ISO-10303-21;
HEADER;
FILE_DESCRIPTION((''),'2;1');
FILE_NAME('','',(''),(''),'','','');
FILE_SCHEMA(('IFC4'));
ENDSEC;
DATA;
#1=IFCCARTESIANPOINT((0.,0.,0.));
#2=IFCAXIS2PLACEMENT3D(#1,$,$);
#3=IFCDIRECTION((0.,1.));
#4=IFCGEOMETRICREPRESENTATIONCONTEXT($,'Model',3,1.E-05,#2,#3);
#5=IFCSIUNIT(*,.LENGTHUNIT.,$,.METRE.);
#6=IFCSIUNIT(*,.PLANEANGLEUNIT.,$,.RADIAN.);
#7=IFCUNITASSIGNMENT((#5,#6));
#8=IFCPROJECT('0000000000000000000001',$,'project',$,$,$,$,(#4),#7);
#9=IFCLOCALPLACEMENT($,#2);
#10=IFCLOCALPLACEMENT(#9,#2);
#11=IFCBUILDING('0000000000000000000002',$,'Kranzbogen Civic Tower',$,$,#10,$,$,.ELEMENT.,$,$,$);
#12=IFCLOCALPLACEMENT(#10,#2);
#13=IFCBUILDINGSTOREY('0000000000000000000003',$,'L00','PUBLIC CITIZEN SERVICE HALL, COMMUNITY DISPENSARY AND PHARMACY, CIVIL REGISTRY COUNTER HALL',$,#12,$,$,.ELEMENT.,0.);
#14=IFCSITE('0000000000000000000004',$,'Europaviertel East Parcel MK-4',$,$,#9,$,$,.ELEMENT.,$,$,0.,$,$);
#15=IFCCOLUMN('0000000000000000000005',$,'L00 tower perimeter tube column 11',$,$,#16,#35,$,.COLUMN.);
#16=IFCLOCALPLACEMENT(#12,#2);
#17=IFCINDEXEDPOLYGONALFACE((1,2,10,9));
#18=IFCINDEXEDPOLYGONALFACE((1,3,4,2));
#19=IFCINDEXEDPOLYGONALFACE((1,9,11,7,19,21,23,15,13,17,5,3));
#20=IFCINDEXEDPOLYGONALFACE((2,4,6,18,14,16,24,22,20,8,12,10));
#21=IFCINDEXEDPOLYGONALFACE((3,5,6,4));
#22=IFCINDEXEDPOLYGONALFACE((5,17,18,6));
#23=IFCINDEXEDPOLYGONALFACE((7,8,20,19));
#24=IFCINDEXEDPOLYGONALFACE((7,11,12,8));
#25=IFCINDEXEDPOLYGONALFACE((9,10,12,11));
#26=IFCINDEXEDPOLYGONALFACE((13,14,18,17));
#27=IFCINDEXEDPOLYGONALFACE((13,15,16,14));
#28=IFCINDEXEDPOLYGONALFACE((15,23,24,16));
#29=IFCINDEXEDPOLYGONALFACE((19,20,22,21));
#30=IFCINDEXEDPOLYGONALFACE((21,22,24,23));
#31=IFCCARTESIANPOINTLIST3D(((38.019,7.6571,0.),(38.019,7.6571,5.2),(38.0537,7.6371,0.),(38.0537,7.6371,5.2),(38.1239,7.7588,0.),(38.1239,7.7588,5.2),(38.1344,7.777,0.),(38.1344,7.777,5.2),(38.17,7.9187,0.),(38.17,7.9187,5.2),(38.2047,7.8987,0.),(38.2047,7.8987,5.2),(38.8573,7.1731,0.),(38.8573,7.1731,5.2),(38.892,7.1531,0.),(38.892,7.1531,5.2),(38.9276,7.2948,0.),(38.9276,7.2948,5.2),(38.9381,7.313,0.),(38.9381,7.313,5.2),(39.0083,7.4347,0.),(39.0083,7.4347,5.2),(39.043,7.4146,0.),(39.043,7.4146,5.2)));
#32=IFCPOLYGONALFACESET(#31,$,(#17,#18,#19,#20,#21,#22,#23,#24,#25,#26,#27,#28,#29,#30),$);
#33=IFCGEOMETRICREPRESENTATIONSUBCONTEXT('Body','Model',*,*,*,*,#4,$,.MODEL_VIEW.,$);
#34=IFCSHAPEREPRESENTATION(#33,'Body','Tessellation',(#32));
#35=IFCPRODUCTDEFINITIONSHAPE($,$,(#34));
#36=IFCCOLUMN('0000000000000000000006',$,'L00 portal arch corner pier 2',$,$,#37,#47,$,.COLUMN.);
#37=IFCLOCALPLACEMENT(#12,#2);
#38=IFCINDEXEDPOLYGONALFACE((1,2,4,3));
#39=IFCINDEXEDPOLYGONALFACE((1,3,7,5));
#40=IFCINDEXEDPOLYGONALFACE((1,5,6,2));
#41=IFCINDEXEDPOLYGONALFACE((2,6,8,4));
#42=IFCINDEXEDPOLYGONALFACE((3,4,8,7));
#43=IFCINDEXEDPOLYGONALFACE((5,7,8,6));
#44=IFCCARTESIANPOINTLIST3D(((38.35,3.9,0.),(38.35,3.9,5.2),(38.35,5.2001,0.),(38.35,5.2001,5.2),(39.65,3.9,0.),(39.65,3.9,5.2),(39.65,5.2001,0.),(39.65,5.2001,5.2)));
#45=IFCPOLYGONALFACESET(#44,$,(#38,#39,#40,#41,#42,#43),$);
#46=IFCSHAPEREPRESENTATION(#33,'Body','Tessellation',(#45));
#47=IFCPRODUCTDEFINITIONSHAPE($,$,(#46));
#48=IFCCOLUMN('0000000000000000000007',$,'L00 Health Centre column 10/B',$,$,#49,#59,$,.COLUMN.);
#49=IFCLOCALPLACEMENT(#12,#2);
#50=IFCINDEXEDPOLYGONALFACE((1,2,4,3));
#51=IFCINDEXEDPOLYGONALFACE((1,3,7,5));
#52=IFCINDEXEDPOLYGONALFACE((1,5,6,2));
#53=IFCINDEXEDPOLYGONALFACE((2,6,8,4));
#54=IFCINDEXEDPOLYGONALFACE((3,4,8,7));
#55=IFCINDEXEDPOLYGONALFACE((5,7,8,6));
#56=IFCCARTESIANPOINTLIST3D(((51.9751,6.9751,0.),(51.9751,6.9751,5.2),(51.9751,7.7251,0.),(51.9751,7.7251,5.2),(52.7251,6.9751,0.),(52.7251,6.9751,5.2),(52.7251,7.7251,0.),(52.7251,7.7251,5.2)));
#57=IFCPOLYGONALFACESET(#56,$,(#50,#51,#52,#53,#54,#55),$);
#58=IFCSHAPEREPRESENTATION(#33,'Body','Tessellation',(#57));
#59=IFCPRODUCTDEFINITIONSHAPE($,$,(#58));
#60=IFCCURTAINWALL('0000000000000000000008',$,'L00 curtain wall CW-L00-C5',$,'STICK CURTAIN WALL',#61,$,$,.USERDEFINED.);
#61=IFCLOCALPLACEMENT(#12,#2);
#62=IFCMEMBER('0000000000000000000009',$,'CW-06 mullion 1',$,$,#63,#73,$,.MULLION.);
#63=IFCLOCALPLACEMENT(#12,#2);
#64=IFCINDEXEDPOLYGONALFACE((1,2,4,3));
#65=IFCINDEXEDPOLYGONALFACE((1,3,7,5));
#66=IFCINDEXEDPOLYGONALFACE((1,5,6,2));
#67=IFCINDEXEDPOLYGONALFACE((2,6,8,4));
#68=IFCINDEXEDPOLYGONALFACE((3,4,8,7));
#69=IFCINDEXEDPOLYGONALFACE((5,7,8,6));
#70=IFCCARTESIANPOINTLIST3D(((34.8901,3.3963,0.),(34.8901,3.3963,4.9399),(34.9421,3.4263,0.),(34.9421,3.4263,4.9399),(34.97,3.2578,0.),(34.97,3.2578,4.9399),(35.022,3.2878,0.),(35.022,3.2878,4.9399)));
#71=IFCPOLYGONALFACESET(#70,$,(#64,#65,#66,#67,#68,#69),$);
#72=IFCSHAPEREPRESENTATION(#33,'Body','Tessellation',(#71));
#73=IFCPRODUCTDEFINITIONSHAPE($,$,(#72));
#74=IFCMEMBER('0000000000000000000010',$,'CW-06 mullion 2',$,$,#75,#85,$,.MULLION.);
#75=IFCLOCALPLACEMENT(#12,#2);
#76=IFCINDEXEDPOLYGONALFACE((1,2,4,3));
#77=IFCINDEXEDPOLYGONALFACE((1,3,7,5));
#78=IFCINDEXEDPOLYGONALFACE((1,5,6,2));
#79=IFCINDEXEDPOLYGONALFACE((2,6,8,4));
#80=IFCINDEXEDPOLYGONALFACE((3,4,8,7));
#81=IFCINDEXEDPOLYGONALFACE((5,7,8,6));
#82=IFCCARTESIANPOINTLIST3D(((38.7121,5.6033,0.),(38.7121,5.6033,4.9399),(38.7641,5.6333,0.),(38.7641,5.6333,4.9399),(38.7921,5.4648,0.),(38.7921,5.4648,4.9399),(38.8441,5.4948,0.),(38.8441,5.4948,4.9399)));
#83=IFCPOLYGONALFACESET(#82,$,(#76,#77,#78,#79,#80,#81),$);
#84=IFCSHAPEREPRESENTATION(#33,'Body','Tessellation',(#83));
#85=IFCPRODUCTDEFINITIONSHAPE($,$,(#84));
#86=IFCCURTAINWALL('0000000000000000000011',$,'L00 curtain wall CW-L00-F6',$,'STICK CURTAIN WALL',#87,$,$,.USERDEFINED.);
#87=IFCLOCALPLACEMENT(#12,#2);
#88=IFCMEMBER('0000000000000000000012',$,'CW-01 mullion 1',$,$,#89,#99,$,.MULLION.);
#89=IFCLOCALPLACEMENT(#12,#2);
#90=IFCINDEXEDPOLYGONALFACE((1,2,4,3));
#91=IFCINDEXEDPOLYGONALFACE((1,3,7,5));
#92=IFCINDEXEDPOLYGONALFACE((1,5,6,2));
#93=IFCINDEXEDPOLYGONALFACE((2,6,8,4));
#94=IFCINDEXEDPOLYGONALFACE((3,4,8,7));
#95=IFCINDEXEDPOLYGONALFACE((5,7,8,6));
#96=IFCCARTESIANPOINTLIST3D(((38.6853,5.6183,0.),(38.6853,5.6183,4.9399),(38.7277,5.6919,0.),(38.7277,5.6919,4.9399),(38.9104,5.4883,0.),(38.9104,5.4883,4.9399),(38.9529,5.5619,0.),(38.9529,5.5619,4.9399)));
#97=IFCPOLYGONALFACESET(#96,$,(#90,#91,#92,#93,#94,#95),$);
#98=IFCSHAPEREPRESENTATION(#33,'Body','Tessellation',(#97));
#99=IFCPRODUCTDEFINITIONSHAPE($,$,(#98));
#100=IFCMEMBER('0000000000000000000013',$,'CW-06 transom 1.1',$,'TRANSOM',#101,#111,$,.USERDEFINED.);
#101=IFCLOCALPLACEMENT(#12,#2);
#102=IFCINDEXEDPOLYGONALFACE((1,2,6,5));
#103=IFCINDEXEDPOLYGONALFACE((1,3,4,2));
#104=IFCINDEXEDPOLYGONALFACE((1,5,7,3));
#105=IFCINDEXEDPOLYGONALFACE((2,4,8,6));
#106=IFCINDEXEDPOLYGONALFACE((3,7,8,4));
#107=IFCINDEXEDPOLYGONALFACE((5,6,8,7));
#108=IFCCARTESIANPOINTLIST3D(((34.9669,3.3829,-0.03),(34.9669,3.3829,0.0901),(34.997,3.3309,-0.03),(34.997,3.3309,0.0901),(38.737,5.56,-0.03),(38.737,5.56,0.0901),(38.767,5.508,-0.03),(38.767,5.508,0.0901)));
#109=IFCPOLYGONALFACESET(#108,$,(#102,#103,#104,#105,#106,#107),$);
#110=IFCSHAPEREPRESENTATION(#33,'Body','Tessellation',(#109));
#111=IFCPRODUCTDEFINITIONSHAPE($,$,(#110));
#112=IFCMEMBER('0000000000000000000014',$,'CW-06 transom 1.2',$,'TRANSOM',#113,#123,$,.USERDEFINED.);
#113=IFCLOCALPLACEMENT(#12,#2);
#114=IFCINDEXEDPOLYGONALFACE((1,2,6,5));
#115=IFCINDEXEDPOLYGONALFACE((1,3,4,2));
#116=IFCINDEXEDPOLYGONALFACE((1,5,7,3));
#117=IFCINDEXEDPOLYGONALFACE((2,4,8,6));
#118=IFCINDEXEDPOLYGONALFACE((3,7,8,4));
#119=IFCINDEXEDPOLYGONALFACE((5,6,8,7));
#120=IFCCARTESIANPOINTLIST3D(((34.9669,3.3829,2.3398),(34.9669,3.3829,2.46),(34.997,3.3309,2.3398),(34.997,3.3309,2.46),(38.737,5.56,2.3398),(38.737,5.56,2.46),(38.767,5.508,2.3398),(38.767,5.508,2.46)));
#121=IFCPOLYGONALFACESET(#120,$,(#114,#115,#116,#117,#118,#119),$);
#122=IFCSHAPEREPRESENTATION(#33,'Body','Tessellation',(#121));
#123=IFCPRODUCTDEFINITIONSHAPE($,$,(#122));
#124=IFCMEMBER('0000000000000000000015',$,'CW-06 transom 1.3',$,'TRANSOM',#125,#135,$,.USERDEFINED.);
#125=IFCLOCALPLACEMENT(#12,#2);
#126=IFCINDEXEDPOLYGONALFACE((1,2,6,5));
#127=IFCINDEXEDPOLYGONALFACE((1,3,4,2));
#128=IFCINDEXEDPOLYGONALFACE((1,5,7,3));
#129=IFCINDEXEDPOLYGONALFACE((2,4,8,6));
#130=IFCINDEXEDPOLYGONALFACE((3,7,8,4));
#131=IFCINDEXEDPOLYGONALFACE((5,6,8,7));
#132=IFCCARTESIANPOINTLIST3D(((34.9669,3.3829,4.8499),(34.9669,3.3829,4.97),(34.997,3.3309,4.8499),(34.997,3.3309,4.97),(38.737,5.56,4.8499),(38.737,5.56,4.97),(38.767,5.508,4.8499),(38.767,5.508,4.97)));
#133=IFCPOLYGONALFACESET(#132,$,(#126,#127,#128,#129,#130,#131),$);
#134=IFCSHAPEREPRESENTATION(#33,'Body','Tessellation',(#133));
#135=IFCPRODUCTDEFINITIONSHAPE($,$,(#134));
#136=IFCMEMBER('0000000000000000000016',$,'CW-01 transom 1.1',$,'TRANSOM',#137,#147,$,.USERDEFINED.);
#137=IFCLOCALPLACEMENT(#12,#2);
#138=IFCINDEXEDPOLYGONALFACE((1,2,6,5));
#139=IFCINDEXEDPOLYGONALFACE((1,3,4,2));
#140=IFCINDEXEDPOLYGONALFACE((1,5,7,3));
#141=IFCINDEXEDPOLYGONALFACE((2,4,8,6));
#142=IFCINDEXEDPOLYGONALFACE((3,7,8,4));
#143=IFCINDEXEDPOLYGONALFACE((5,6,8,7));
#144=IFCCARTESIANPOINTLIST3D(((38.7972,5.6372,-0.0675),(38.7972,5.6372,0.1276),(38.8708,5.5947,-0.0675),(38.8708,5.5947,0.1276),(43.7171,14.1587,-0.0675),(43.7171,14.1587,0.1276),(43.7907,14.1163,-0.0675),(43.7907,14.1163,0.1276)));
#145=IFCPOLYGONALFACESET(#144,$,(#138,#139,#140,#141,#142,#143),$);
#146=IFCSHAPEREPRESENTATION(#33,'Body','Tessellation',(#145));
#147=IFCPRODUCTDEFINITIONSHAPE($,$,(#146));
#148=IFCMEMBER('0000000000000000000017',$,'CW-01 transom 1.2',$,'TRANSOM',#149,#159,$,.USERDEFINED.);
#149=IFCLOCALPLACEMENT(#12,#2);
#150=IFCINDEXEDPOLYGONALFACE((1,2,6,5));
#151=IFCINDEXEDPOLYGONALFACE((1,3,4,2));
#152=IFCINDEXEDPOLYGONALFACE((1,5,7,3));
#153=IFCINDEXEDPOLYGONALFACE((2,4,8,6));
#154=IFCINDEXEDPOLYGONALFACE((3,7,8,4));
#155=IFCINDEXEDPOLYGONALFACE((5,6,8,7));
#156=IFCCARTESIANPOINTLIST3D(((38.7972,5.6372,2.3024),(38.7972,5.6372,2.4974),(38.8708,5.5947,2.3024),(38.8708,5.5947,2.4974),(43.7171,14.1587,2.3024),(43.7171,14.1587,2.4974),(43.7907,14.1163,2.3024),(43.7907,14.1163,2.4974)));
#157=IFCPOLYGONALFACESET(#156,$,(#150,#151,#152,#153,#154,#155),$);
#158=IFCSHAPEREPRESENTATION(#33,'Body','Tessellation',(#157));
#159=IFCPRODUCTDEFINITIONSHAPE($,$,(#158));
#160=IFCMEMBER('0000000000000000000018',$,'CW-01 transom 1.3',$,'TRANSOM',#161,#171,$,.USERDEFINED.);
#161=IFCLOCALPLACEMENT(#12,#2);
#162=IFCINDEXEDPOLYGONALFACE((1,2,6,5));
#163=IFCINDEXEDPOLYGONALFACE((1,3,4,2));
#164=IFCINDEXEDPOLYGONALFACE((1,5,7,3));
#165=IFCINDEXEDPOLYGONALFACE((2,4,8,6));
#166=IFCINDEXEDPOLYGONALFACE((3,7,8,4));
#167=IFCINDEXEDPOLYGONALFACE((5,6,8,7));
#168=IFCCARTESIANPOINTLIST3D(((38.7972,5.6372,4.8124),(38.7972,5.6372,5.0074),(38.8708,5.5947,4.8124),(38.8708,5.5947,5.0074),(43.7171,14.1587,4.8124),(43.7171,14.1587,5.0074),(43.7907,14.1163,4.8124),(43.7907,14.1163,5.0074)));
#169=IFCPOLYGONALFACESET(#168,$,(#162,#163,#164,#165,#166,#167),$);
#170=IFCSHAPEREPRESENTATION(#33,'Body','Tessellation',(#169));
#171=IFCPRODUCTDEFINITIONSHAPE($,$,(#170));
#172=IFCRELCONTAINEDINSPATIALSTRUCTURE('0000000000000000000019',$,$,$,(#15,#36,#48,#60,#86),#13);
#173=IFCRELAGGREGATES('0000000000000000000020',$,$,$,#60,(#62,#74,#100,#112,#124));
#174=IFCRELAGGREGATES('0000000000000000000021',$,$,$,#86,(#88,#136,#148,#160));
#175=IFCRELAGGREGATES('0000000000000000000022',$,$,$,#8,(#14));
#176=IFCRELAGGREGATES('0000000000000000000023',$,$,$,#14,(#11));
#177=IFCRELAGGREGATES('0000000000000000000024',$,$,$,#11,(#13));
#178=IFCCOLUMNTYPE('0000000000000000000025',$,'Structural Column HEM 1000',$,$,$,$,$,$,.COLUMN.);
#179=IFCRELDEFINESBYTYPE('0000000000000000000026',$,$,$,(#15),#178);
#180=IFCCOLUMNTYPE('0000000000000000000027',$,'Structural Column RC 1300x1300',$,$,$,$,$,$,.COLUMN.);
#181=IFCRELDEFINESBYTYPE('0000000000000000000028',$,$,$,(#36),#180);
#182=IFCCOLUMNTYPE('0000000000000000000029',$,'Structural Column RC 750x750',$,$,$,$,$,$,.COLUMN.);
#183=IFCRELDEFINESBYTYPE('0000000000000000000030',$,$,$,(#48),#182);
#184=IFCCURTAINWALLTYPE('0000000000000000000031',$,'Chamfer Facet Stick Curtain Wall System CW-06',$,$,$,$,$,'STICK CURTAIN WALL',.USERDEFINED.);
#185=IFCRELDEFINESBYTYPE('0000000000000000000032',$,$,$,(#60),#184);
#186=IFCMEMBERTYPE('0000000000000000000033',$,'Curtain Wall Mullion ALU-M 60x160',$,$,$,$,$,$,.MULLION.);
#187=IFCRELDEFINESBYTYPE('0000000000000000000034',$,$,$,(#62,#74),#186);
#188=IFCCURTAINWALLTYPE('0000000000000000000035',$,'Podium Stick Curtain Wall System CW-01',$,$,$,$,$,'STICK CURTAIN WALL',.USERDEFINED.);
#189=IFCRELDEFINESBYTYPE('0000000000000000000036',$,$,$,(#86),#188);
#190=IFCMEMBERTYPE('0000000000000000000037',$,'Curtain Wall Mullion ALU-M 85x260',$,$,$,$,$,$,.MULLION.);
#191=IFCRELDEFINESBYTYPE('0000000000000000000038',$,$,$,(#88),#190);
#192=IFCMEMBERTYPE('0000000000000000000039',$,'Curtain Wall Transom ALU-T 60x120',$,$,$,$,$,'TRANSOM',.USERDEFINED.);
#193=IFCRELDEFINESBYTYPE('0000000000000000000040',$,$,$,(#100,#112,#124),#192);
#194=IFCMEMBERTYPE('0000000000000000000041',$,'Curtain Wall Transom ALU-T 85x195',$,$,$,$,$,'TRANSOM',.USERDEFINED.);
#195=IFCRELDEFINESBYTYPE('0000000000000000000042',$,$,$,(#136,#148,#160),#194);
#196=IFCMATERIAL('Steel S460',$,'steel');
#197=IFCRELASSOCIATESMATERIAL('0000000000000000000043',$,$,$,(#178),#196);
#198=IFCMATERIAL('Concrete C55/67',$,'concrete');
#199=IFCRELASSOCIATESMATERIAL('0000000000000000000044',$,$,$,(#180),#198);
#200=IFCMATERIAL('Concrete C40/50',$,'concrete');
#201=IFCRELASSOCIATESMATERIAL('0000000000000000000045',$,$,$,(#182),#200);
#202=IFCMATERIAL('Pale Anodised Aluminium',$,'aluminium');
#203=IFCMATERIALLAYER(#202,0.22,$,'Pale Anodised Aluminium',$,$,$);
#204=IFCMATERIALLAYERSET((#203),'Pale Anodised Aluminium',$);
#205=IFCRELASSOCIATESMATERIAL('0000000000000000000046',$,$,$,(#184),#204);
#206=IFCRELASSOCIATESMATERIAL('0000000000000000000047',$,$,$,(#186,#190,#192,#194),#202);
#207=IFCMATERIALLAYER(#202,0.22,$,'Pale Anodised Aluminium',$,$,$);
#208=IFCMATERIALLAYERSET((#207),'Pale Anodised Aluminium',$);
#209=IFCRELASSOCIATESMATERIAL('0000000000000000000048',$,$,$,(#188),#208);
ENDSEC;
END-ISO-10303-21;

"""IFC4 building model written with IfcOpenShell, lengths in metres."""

from ifc_helpers import new_model, si_unit, direction, frame, origin, origin_2d, place, context, subcontext, project, spatial, rectangle, i_section, extrude, material, layer, layer_set, material_profile, profile_set, type_object, element, aggregate, save


model = new_model("IFC4")

# Units and contexts
model_context = context("Model", 3, precision=1e-05, world=origin(), true_north=direction((0.0, 1.0)))
body_context = subcontext(model_context, "Body", "Model", "MODEL_VIEW")
ifc_project = project(units=[si_unit("LENGTHUNIT", "METRE"), si_unit("PLANEANGLEUNIT", "RADIAN")], contexts=[model_context])

# Site, building, storey
site_placement = place(None, origin())
site = spatial("IfcSite", under=ifc_project, at=site_placement, Name="Europaviertel East Parcel MK-4", CompositionType="ELEMENT", RefElevation=0.0)
building_placement = place(site_placement, origin())
building = spatial("IfcBuilding", under=site, at=building_placement, Name="Kranzbogen Civic Tower", CompositionType="ELEMENT")
storey_placement = place(building_placement, origin())
storey = spatial("IfcBuildingStorey", under=building, at=storey_placement, Name="L00", Description="PUBLIC CITIZEN SERVICE HALL, COMMUNITY DISPENSARY AND PHARMACY, CIVIL REGISTRY COUNTER HALL", CompositionType="ELEMENT", Elevation=0.0)

# Columns
ifc_material_1 = material(Name="Steel S460", Category="steel")
ifc_material_profile_1 = material_profile(ifc_material_1, i_section(OverallWidth=0.302, OverallDepth=1.0081, WebThickness=0.021, FlangeThickness=0.04, at=origin_2d()), Name="HEM 1000")
ifc_profile_set_1 = profile_set([ifc_material_profile_1], Name="Steel S460")
column_type_1 = type_object("IfcColumnType", Name="Structural Column HEM 1000", PredefinedType="COLUMN", material=ifc_profile_set_1)
column_1_placement = place(storey_placement, frame((38.531, 7.5359, 0.0), z_axis=(0.0, 0.0, 1.0), x_axis=(0.5, 0.866025, 0.0)))
element("IfcColumn", 1, at=column_1_placement, inside=storey, type_object=column_type_1, Name="L00 tower perimeter tube column 11", PredefinedType="COLUMN", context=body_context, shape_type="SweptSolid", body=[
    extrude(i_section(OverallWidth=0.302, OverallDepth=1.0081, WebThickness=0.021, FlangeThickness=0.04, at=origin_2d()), origin(), (0.0, 0.0, 1.0), 5.2),
])
ifc_material_2 = material(Name="Concrete C55/67", Category="concrete")
ifc_material_profile_2 = material_profile(ifc_material_2, rectangle(XDim=1.3, YDim=1.3, at=origin_2d()), Name="RC 1300x1300")
ifc_profile_set_2 = profile_set([ifc_material_profile_2], Name="Concrete C55/67")
column_type_2 = type_object("IfcColumnType", Name="Structural Column RC 1300x1300", PredefinedType="COLUMN", material=ifc_profile_set_2)
column_2_placement = place(storey_placement, frame((39.0, 4.55, 0.0), z_axis=(0.0, 0.0, 1.0), x_axis=(1.0, 0.0, 0.0)))
element("IfcColumn", 2, at=column_2_placement, inside=storey, type_object=column_type_2, Name="L00 portal arch corner pier 2", PredefinedType="COLUMN", context=body_context, shape_type="SweptSolid", body=[
    extrude(rectangle(XDim=1.3, YDim=1.3, at=origin_2d()), origin(), (0.0, 0.0, 1.0), 5.2),
])
ifc_material_3 = material(Name="Concrete C40/50", Category="concrete")
ifc_material_profile_3 = material_profile(ifc_material_3, rectangle(XDim=0.75, YDim=0.75, at=origin_2d()), Name="RC 750x750")
ifc_profile_set_3 = profile_set([ifc_material_profile_3], Name="Concrete C40/50")
column_type_3 = type_object("IfcColumnType", Name="Structural Column RC 750x750", PredefinedType="COLUMN", material=ifc_profile_set_3)
column_3_placement = place(storey_placement, frame((52.3501, 7.3501, 0.0), z_axis=(0.0, 0.0, 1.0), x_axis=(1.0, 0.0, 0.0)))
element("IfcColumn", 3, at=column_3_placement, inside=storey, type_object=column_type_3, Name="L00 Health Centre column 10/B", PredefinedType="COLUMN", context=body_context, shape_type="SweptSolid", body=[
    extrude(rectangle(XDim=0.75, YDim=0.75, at=origin_2d()), origin(), (0.0, 0.0, 1.0), 5.2),
])

# Curtain wall, members
ifc_material_4 = material(Name="Pale Anodised Aluminium", Category="aluminium")
ifc_layer_1 = layer(ifc_material_4, 0.22, Name="Pale Anodised Aluminium")
ifc_layer_set_1 = layer_set([ifc_layer_1], Name="Pale Anodised Aluminium")
curtain_wall_type_1 = type_object("IfcCurtainWallType", Name="Chamfer Facet Stick Curtain Wall System CW-06", ElementType="STICK CURTAIN WALL", PredefinedType="USERDEFINED", material=ifc_layer_set_1)
curtain_wall_1_placement = place(storey_placement, origin())
curtain_wall_1 = element("IfcCurtainWall", 4, at=curtain_wall_1_placement, inside=storey, type_object=curtain_wall_type_1, Name="L00 curtain wall CW-L00-C5", ObjectType="STICK CURTAIN WALL", PredefinedType="USERDEFINED")
ifc_material_profile_4 = material_profile(ifc_material_4, rectangle(XDim=0.0601, YDim=0.1599, at=origin_2d()), Name="ALU-M 60x160")
ifc_profile_set_4 = profile_set([ifc_material_profile_4], Name="Pale Anodised Aluminium")
member_type_1 = type_object("IfcMemberType", Name="Curtain Wall Mullion ALU-M 60x160", PredefinedType="MULLION", material=ifc_profile_set_4)
member_1_placement = place(storey_placement, frame((34.9561, 3.342, 0.0), z_axis=(0.0, 0.0, 1.0), x_axis=(0.865992, 0.500058, 0.0)))
member_1 = element("IfcMember", 5, at=member_1_placement, type_object=member_type_1, Name="CW-06 mullion 1", PredefinedType="MULLION", context=body_context, shape_type="SweptSolid", body=[
    extrude(rectangle(XDim=0.0601, YDim=0.1599, at=origin_2d()), origin(), (0.0, 0.0, 1.0), 4.9399),
])
member_2_placement = place(storey_placement, frame((38.7781, 5.5491, 0.0), z_axis=(0.0, 0.0, 1.0), x_axis=(0.865992, 0.500058, 0.0)))
member_2 = element("IfcMember", 6, at=member_2_placement, type_object=member_type_1, Name="CW-06 mullion 2", PredefinedType="MULLION", context=body_context, shape_type="SweptSolid", body=[
    extrude(rectangle(XDim=0.0601, YDim=0.1599, at=origin_2d()), origin(), (0.0, 0.0, 1.0), 4.9399),
])

# Curtain wall, member
ifc_layer_2 = layer(ifc_material_4, 0.22, Name="Pale Anodised Aluminium")
ifc_layer_set_2 = layer_set([ifc_layer_2], Name="Pale Anodised Aluminium")
curtain_wall_type_2 = type_object("IfcCurtainWallType", Name="Podium Stick Curtain Wall System CW-01", ElementType="STICK CURTAIN WALL", PredefinedType="USERDEFINED", material=ifc_layer_set_2)
curtain_wall_2_placement = place(storey_placement, origin())
curtain_wall_2 = element("IfcCurtainWall", 7, at=curtain_wall_2_placement, inside=storey, type_object=curtain_wall_type_2, Name="L00 curtain wall CW-L00-F6", ObjectType="STICK CURTAIN WALL", PredefinedType="USERDEFINED")
ifc_material_profile_5 = material_profile(ifc_material_4, rectangle(XDim=0.085, YDim=0.26, at=origin_2d()), Name="ALU-M 85x260")
ifc_profile_set_5 = profile_set([ifc_material_profile_5], Name="Pale Anodised Aluminium")
member_type_2 = type_object("IfcMemberType", Name="Curtain Wall Mullion ALU-M 85x260", PredefinedType="MULLION", material=ifc_profile_set_5)
member_3_placement = place(storey_placement, frame((38.8191, 5.5901, 0.0), z_axis=(0.0, 0.0, 1.0), x_axis=(0.500006, 0.866022, 0.0)))
member_3 = element("IfcMember", 8, at=member_3_placement, type_object=member_type_2, Name="CW-01 mullion 1", PredefinedType="MULLION", context=body_context, shape_type="SweptSolid", body=[
    extrude(rectangle(XDim=0.085, YDim=0.26, at=origin_2d()), origin(), (0.0, 0.0, 1.0), 4.9399),
])

# Members
ifc_material_profile_6 = material_profile(ifc_material_4, rectangle(XDim=0.0601, YDim=0.1201, at=origin_2d()), Name="ALU-T 60x120")
ifc_profile_set_6 = profile_set([ifc_material_profile_6], Name="Pale Anodised Aluminium")
member_type_3 = type_object("IfcMemberType", Name="Curtain Wall Transom ALU-T 60x120", ElementType="TRANSOM", PredefinedType="USERDEFINED", material=ifc_profile_set_6)
member_4_placement = place(storey_placement, frame((34.9819, 3.3569, 0.03), z_axis=(0.865988, 0.500065, 0.0), x_axis=(-0.500065, 0.865988, 0.0)))
member_4 = element("IfcMember", 9, at=member_4_placement, type_object=member_type_3, Name="CW-06 transom 1.1", ObjectType="TRANSOM", PredefinedType="USERDEFINED", context=body_context, shape_type="SweptSolid", body=[
    extrude(rectangle(XDim=0.0601, YDim=0.1201, at=origin_2d()), origin(), (0.0, 0.0, 1.0), 4.3535),
])
member_5_placement = place(storey_placement, frame((34.9819, 3.3569, 2.3999), z_axis=(0.865988, 0.500065, 0.0), x_axis=(-0.500065, 0.865988, 0.0)))
member_5 = element("IfcMember", 10, at=member_5_placement, type_object=member_type_3, Name="CW-06 transom 1.2", ObjectType="TRANSOM", PredefinedType="USERDEFINED", context=body_context, shape_type="SweptSolid", body=[
    extrude(rectangle(XDim=0.0601, YDim=0.1201, at=origin_2d()), origin(), (0.0, 0.0, 1.0), 4.3535),
])
member_6_placement = place(storey_placement, frame((34.9819, 3.3569, 4.9099), z_axis=(0.865988, 0.500065, 0.0), x_axis=(-0.500065, 0.865988, 0.0)))
member_6 = element("IfcMember", 11, at=member_6_placement, type_object=member_type_3, Name="CW-06 transom 1.3", ObjectType="TRANSOM", PredefinedType="USERDEFINED", context=body_context, shape_type="SweptSolid", body=[
    extrude(rectangle(XDim=0.0601, YDim=0.1201, at=origin_2d()), origin(), (0.0, 0.0, 1.0), 4.3535),
])
ifc_material_profile_7 = material_profile(ifc_material_4, rectangle(XDim=0.085, YDim=0.1951, at=origin_2d()), Name="ALU-T 85x195")
ifc_profile_set_7 = profile_set([ifc_material_profile_7], Name="Pale Anodised Aluminium")
member_type_4 = type_object("IfcMemberType", Name="Curtain Wall Transom ALU-T 85x195", ElementType="TRANSOM", PredefinedType="USERDEFINED", material=ifc_profile_set_7)
member_7_placement = place(storey_placement, frame((38.834, 5.616, 0.03), z_axis=(0.500003, 0.866024, 0.0), x_axis=(-0.866024, 0.500003, 0.0)))
member_7 = element("IfcMember", 12, at=member_7_placement, type_object=member_type_4, Name="CW-01 transom 1.1", ObjectType="TRANSOM", PredefinedType="USERDEFINED", context=body_context, shape_type="SweptSolid", body=[
    extrude(rectangle(XDim=0.085, YDim=0.1951, at=origin_2d()), origin(), (0.0, 0.0, 1.0), 9.8398),
])
member_8_placement = place(storey_placement, frame((38.834, 5.616, 2.3999), z_axis=(0.500003, 0.866024, 0.0), x_axis=(-0.866024, 0.500003, 0.0)))
member_8 = element("IfcMember", 13, at=member_8_placement, type_object=member_type_4, Name="CW-01 transom 1.2", ObjectType="TRANSOM", PredefinedType="USERDEFINED", context=body_context, shape_type="SweptSolid", body=[
    extrude(rectangle(XDim=0.085, YDim=0.1951, at=origin_2d()), origin(), (0.0, 0.0, 1.0), 9.8398),
])
member_9_placement = place(storey_placement, frame((38.834, 5.616, 4.9099), z_axis=(0.500003, 0.866024, 0.0), x_axis=(-0.866024, 0.500003, 0.0)))
member_9 = element("IfcMember", 14, at=member_9_placement, type_object=member_type_4, Name="CW-01 transom 1.3", ObjectType="TRANSOM", PredefinedType="USERDEFINED", context=body_context, shape_type="SweptSolid", body=[
    extrude(rectangle(XDim=0.085, YDim=0.1951, at=origin_2d()), origin(), (0.0, 0.0, 1.0), 9.8398),
])

aggregate(curtain_wall_1, [member_1, member_2, member_4, member_5, member_6])
aggregate(curtain_wall_2, [member_3, member_7, member_8, member_9])

save(model, "model.ifc")
